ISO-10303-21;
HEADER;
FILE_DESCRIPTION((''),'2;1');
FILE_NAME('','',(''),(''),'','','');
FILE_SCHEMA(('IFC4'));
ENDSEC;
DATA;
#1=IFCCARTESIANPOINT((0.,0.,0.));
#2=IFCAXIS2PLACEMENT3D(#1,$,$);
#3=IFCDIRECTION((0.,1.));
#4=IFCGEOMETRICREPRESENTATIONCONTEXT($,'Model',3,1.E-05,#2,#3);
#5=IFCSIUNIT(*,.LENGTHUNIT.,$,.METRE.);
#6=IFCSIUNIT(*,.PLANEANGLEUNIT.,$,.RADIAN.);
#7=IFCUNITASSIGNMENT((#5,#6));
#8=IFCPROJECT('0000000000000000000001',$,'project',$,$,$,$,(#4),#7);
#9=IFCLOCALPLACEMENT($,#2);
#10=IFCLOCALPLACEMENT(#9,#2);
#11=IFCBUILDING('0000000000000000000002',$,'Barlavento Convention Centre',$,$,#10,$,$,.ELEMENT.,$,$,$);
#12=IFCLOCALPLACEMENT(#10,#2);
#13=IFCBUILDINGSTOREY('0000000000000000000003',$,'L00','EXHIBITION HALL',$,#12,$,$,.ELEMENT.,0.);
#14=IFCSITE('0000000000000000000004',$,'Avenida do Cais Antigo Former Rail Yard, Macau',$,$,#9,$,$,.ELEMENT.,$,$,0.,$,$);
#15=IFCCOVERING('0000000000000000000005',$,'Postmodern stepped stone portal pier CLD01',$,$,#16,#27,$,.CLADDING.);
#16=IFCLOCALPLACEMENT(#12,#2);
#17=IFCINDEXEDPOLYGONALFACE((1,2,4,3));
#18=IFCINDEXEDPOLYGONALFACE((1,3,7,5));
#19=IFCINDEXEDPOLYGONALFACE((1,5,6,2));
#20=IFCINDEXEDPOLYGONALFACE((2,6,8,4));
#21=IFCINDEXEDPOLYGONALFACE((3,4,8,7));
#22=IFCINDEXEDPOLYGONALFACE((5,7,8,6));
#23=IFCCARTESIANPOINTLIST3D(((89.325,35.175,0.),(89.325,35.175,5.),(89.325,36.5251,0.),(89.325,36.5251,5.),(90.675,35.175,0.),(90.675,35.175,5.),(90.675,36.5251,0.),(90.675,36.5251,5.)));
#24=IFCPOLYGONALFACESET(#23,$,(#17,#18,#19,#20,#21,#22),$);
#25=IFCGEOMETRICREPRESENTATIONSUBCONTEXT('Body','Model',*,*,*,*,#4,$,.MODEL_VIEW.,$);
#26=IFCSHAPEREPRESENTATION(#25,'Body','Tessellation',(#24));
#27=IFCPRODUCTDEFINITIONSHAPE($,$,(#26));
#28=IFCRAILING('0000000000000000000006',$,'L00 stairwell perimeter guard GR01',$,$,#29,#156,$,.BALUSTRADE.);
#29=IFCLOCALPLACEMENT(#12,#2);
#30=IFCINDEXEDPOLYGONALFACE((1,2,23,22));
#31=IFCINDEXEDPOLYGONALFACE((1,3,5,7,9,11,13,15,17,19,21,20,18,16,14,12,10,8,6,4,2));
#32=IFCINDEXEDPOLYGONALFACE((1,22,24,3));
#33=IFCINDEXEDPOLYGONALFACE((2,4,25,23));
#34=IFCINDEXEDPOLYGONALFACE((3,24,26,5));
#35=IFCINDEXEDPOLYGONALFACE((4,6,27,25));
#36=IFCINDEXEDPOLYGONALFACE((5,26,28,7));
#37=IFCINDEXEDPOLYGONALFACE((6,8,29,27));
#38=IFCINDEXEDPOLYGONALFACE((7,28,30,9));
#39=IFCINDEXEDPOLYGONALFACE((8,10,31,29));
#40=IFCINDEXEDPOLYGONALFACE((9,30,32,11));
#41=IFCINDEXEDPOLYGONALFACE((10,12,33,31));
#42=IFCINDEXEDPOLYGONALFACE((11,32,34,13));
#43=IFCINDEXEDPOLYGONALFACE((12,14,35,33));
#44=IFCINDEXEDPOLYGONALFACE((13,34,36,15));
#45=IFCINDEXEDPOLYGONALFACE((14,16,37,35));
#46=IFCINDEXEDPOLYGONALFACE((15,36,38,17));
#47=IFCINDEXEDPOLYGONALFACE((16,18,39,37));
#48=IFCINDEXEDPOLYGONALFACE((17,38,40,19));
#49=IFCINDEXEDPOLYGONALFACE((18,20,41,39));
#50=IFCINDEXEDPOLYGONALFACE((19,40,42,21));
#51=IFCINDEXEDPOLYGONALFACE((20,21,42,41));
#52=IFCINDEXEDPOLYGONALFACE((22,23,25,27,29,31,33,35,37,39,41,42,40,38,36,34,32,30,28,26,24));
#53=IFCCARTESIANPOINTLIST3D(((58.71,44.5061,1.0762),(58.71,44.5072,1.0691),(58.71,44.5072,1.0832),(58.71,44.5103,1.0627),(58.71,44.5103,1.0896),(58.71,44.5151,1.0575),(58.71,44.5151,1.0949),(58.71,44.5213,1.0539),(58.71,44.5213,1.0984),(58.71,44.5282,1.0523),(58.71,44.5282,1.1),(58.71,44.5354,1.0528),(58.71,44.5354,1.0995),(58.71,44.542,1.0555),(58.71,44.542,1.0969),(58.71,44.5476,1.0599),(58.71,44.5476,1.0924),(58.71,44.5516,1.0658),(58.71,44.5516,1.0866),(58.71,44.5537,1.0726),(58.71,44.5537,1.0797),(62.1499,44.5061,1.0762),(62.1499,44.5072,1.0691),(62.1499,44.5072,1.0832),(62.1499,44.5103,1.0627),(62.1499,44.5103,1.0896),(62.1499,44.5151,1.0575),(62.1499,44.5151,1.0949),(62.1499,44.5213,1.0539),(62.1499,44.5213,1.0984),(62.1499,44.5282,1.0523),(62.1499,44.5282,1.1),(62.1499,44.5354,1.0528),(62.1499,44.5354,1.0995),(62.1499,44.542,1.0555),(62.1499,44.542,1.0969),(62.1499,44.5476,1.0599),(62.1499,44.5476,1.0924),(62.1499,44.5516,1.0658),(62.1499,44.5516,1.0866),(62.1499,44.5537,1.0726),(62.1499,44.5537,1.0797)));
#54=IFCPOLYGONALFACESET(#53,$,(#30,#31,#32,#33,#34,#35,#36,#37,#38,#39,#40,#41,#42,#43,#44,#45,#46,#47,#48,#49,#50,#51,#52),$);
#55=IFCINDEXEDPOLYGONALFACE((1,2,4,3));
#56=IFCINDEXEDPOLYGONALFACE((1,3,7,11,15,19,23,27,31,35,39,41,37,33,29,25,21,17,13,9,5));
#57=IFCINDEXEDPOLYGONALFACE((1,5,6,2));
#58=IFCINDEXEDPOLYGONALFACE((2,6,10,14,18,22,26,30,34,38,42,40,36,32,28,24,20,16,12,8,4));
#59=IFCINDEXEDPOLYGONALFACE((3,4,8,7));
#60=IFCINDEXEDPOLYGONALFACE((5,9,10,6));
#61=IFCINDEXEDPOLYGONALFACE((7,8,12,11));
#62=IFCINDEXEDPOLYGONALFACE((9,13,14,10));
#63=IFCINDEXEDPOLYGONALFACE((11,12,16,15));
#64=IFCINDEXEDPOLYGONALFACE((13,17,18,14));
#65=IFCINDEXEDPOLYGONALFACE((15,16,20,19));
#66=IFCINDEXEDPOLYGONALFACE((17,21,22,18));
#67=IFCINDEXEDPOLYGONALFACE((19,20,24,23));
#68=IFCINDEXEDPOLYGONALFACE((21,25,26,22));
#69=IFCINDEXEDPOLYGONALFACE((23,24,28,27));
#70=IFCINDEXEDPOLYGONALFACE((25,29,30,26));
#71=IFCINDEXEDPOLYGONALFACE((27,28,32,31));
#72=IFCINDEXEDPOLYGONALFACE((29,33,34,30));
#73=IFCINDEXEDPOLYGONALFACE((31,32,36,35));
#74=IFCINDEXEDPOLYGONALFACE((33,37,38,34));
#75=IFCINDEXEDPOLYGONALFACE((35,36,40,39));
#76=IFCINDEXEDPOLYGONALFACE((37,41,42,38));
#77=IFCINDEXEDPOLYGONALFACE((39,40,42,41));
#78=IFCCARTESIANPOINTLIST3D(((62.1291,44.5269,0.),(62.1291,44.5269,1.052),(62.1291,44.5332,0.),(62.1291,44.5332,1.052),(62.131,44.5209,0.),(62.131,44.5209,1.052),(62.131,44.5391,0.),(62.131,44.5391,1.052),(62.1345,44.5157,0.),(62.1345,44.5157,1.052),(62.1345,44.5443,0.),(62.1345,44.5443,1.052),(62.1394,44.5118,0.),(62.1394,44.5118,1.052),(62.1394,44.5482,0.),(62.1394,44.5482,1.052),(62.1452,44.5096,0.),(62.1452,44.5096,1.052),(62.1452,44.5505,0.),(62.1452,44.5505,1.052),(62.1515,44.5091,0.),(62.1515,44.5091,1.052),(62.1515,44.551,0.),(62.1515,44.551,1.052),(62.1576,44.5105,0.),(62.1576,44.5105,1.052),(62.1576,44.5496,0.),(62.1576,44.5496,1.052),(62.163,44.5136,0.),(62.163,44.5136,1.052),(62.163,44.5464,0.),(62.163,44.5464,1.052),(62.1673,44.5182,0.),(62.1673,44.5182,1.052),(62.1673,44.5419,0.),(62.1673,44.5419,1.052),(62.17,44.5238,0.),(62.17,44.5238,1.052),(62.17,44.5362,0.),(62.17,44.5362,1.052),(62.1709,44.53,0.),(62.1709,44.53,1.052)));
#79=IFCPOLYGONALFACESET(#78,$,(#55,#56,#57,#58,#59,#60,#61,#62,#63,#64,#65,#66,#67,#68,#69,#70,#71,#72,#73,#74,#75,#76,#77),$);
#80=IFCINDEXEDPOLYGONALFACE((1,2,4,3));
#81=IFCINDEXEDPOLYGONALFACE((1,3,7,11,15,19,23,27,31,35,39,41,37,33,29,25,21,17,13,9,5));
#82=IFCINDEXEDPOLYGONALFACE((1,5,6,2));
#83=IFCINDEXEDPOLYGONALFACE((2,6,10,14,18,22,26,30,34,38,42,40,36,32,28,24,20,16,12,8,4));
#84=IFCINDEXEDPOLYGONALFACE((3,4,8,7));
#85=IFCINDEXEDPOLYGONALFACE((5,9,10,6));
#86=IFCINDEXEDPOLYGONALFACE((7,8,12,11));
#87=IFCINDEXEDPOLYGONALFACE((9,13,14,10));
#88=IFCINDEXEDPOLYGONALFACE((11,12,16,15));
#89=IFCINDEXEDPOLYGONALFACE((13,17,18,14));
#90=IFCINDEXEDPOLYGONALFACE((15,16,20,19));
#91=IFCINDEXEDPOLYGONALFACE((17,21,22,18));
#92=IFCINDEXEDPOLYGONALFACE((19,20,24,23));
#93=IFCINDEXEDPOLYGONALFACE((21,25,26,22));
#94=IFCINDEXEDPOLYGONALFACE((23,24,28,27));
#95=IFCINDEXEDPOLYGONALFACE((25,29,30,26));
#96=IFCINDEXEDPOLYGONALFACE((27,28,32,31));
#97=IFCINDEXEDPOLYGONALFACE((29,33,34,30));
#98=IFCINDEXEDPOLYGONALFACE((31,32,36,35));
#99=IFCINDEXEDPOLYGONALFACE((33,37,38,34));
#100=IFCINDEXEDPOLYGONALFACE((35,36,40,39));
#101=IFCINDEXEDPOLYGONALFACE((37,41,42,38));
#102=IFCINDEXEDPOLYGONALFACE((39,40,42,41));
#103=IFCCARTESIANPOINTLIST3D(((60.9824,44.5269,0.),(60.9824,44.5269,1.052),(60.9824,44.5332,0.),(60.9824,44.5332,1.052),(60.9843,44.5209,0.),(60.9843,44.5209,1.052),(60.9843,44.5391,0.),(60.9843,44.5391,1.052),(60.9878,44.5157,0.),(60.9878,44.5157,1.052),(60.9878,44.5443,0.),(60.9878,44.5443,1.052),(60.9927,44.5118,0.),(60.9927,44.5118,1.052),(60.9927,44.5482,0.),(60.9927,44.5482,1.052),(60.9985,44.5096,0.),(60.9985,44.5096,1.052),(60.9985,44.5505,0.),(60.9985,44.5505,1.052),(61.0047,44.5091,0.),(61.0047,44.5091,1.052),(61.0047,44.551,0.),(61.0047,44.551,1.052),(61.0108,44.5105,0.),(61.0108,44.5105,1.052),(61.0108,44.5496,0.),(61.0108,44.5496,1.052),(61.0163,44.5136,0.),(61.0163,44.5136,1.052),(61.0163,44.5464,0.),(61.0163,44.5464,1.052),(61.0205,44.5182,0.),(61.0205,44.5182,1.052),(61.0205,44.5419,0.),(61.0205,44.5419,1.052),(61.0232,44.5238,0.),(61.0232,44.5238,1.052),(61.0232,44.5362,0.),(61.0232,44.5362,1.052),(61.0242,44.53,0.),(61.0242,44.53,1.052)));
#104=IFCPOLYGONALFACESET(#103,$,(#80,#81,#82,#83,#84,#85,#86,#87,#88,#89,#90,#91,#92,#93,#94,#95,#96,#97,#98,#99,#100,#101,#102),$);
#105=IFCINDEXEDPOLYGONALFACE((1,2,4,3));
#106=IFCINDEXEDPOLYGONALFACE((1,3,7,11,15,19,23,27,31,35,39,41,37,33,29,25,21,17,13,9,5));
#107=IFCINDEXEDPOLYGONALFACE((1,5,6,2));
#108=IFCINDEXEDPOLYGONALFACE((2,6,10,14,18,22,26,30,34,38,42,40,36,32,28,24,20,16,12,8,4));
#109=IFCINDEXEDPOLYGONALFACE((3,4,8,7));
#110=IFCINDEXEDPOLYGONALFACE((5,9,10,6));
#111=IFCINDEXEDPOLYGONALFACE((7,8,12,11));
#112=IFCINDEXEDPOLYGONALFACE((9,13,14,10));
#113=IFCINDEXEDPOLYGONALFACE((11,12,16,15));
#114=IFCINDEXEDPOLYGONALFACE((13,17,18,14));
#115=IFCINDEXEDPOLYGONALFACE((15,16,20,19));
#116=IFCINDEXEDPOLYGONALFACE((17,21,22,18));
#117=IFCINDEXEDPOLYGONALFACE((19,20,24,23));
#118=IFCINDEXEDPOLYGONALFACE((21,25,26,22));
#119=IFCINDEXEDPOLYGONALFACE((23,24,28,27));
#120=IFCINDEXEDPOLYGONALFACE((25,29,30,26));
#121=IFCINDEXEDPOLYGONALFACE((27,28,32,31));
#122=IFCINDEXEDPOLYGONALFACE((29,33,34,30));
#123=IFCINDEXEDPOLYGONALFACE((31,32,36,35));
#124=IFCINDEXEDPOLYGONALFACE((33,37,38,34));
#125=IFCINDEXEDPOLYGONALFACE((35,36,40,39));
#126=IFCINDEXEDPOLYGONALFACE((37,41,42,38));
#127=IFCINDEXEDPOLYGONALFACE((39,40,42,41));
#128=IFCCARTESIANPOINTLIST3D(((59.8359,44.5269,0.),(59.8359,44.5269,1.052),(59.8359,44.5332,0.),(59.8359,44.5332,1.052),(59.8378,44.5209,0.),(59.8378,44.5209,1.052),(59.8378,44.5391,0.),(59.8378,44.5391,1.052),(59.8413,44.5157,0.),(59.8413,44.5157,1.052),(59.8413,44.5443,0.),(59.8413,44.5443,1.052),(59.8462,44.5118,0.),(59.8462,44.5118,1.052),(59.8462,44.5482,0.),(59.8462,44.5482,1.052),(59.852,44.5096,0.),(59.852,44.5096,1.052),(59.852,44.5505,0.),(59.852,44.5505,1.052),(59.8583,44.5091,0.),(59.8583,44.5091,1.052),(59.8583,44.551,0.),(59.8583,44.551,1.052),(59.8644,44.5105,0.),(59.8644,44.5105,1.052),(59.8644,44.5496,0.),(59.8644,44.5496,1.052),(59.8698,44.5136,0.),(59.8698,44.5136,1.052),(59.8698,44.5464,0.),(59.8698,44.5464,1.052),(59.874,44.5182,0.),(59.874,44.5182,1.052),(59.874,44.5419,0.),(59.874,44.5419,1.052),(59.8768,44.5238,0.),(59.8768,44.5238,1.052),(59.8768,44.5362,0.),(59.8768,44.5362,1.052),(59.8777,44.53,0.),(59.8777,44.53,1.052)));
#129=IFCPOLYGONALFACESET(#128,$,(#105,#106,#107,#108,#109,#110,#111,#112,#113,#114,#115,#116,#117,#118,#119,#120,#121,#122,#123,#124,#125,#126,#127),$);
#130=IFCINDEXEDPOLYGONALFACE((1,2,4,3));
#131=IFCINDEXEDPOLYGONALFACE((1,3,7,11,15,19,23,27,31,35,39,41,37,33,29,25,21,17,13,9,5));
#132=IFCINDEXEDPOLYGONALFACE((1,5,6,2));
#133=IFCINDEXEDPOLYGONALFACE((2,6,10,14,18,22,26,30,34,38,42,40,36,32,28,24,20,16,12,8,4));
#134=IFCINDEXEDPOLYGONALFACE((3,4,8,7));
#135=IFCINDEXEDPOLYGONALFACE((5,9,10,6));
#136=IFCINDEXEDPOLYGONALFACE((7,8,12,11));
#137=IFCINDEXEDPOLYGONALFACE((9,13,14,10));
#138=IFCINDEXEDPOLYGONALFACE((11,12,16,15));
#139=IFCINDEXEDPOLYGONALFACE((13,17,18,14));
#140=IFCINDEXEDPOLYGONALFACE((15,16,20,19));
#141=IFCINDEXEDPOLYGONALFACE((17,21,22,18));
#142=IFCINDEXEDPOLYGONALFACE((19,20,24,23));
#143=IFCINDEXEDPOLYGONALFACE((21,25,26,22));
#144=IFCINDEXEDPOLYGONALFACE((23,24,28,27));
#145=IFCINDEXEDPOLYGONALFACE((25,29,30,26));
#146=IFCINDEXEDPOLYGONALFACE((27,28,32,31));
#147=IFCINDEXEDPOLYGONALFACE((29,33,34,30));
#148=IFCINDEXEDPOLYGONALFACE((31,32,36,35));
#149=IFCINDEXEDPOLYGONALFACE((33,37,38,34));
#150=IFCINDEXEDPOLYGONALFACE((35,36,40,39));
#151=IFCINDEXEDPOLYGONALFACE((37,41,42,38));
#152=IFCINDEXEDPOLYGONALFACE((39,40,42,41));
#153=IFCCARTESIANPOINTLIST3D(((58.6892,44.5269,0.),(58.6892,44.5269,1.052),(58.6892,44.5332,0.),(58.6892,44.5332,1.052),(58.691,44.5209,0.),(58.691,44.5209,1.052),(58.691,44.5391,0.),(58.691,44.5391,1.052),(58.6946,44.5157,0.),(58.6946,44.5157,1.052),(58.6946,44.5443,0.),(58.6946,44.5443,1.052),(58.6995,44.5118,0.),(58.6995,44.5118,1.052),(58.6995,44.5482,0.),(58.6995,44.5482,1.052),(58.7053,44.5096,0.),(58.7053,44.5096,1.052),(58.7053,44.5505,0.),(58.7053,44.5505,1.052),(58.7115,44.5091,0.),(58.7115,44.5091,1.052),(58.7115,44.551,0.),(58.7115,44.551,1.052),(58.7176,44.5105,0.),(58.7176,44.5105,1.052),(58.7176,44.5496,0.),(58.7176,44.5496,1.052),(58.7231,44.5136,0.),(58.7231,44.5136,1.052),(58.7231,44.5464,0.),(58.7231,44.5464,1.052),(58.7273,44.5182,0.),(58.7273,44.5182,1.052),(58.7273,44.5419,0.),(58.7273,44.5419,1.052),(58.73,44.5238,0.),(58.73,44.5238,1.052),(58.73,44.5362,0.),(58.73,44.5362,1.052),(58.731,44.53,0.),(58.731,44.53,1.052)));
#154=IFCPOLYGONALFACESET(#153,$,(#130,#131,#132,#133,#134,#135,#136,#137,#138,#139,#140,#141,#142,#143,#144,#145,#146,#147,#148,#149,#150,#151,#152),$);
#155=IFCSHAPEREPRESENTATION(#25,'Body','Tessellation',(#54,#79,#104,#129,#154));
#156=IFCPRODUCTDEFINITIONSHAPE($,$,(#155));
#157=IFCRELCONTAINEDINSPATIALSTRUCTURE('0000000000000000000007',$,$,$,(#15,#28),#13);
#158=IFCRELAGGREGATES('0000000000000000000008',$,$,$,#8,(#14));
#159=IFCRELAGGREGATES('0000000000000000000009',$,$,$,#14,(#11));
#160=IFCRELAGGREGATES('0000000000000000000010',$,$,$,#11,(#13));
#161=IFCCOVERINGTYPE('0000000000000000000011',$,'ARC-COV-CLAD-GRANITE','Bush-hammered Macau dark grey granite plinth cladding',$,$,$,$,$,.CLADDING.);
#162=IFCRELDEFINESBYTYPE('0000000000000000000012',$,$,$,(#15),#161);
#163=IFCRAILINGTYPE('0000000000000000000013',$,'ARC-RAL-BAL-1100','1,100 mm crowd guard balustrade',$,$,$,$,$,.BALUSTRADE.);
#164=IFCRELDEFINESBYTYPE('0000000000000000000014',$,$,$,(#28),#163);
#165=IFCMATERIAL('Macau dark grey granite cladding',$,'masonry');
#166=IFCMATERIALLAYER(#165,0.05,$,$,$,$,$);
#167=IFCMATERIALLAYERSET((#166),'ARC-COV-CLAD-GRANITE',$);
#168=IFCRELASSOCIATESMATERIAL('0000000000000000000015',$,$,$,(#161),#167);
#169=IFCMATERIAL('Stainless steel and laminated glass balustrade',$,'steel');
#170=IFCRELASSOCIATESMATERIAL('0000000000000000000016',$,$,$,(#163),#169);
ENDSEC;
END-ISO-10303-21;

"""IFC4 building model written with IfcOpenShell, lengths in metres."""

from ifc_helpers import new_model, si_unit, direction, frame, origin, origin_2d, place, context, subcontext, project, spatial, rectangle, circle, extrude, material, layer, layer_set, type_object, element, save


model = new_model("IFC4")

# Units and contexts
model_context = context("Model", 3, precision=1e-05, world=origin(), true_north=direction((0.0, 1.0)))
body_context = subcontext(model_context, "Body", "Model", "MODEL_VIEW")
ifc_project = project(units=[si_unit("LENGTHUNIT", "METRE"), si_unit("PLANEANGLEUNIT", "RADIAN")], contexts=[model_context])

# Site, building, storey
site_placement = place(None, origin())
site = spatial("IfcSite", under=ifc_project, at=site_placement, Name="Avenida do Cais Antigo Former Rail Yard, Macau", CompositionType="ELEMENT", RefElevation=0.0)
building_placement = place(site_placement, origin())
building = spatial("IfcBuilding", under=site, at=building_placement, Name="Barlavento Convention Centre", CompositionType="ELEMENT")
storey_placement = place(building_placement, origin())
storey = spatial("IfcBuildingStorey", under=building, at=storey_placement, Name="L00", Description="EXHIBITION HALL", CompositionType="ELEMENT", Elevation=0.0)

# Covering
ifc_material_1 = material(Name="Macau dark grey granite cladding", Category="masonry")
ifc_layer_1 = layer(ifc_material_1, 0.05)
ifc_layer_set_1 = layer_set([ifc_layer_1], Name="ARC-COV-CLAD-GRANITE")
covering_type = type_object("IfcCoveringType", Name="ARC-COV-CLAD-GRANITE", Description="Bush-hammered Macau dark grey granite plinth cladding", PredefinedType="CLADDING", material=ifc_layer_set_1)
covering_placement = place(storey_placement, frame((90.0, 35.8501, 0.0), z_axis=(0.0, 0.0, 1.0), x_axis=(1.0, 0.0, 0.0)))
element("IfcCovering", 1, at=covering_placement, inside=storey, type_object=covering_type, Name="Postmodern stepped stone portal pier CLD01", PredefinedType="CLADDING", context=body_context, shape_type="SweptSolid", body=[
    extrude(rectangle(XDim=1.3501, YDim=1.3501, at=origin_2d()), origin(), (0.0, 0.0, 1.0), 5.0),
])

# Railing
ifc_material_2 = material(Name="Stainless steel and laminated glass balustrade", Category="steel")
railing_type = type_object("IfcRailingType", Name="ARC-RAL-BAL-1100", Description="1,100 mm crowd guard balustrade", PredefinedType="BALUSTRADE", material=ifc_material_2)
railing_placement = place(storey_placement, frame((62.1499, 44.53, 0.0)))
element("IfcRailing", 2, at=railing_placement, inside=storey, type_object=railing_type, Name="L00 stairwell perimeter guard GR01", PredefinedType="BALUSTRADE", context=body_context, shape_type="SweptSolid", body=[
    extrude(circle(Radius=0.0239, at=origin_2d()), frame((0.0, 0.0, 1.0762), z_axis=(-1.0, 0.0, 0.0), x_axis=(0.0, -1.0, 0.0)), (0.0, 0.0, 1.0), 3.4399),
    extrude(circle(Radius=0.021, at=origin_2d()), origin(), (0.0, 0.0, 1.0), 1.052),
    extrude(circle(Radius=0.021, at=origin_2d()), frame((-1.1467, 0.0, 0.0)), (0.0, 0.0, 1.0), 1.052),
    extrude(circle(Radius=0.021, at=origin_2d()), frame((-2.2932, 0.0, 0.0)), (0.0, 0.0, 1.0), 1.052),
    extrude(circle(Radius=0.021, at=origin_2d()), frame((-3.4399, 0.0, 0.0)), (0.0, 0.0, 1.0), 1.052),
])

save(model, "model.ifc")
